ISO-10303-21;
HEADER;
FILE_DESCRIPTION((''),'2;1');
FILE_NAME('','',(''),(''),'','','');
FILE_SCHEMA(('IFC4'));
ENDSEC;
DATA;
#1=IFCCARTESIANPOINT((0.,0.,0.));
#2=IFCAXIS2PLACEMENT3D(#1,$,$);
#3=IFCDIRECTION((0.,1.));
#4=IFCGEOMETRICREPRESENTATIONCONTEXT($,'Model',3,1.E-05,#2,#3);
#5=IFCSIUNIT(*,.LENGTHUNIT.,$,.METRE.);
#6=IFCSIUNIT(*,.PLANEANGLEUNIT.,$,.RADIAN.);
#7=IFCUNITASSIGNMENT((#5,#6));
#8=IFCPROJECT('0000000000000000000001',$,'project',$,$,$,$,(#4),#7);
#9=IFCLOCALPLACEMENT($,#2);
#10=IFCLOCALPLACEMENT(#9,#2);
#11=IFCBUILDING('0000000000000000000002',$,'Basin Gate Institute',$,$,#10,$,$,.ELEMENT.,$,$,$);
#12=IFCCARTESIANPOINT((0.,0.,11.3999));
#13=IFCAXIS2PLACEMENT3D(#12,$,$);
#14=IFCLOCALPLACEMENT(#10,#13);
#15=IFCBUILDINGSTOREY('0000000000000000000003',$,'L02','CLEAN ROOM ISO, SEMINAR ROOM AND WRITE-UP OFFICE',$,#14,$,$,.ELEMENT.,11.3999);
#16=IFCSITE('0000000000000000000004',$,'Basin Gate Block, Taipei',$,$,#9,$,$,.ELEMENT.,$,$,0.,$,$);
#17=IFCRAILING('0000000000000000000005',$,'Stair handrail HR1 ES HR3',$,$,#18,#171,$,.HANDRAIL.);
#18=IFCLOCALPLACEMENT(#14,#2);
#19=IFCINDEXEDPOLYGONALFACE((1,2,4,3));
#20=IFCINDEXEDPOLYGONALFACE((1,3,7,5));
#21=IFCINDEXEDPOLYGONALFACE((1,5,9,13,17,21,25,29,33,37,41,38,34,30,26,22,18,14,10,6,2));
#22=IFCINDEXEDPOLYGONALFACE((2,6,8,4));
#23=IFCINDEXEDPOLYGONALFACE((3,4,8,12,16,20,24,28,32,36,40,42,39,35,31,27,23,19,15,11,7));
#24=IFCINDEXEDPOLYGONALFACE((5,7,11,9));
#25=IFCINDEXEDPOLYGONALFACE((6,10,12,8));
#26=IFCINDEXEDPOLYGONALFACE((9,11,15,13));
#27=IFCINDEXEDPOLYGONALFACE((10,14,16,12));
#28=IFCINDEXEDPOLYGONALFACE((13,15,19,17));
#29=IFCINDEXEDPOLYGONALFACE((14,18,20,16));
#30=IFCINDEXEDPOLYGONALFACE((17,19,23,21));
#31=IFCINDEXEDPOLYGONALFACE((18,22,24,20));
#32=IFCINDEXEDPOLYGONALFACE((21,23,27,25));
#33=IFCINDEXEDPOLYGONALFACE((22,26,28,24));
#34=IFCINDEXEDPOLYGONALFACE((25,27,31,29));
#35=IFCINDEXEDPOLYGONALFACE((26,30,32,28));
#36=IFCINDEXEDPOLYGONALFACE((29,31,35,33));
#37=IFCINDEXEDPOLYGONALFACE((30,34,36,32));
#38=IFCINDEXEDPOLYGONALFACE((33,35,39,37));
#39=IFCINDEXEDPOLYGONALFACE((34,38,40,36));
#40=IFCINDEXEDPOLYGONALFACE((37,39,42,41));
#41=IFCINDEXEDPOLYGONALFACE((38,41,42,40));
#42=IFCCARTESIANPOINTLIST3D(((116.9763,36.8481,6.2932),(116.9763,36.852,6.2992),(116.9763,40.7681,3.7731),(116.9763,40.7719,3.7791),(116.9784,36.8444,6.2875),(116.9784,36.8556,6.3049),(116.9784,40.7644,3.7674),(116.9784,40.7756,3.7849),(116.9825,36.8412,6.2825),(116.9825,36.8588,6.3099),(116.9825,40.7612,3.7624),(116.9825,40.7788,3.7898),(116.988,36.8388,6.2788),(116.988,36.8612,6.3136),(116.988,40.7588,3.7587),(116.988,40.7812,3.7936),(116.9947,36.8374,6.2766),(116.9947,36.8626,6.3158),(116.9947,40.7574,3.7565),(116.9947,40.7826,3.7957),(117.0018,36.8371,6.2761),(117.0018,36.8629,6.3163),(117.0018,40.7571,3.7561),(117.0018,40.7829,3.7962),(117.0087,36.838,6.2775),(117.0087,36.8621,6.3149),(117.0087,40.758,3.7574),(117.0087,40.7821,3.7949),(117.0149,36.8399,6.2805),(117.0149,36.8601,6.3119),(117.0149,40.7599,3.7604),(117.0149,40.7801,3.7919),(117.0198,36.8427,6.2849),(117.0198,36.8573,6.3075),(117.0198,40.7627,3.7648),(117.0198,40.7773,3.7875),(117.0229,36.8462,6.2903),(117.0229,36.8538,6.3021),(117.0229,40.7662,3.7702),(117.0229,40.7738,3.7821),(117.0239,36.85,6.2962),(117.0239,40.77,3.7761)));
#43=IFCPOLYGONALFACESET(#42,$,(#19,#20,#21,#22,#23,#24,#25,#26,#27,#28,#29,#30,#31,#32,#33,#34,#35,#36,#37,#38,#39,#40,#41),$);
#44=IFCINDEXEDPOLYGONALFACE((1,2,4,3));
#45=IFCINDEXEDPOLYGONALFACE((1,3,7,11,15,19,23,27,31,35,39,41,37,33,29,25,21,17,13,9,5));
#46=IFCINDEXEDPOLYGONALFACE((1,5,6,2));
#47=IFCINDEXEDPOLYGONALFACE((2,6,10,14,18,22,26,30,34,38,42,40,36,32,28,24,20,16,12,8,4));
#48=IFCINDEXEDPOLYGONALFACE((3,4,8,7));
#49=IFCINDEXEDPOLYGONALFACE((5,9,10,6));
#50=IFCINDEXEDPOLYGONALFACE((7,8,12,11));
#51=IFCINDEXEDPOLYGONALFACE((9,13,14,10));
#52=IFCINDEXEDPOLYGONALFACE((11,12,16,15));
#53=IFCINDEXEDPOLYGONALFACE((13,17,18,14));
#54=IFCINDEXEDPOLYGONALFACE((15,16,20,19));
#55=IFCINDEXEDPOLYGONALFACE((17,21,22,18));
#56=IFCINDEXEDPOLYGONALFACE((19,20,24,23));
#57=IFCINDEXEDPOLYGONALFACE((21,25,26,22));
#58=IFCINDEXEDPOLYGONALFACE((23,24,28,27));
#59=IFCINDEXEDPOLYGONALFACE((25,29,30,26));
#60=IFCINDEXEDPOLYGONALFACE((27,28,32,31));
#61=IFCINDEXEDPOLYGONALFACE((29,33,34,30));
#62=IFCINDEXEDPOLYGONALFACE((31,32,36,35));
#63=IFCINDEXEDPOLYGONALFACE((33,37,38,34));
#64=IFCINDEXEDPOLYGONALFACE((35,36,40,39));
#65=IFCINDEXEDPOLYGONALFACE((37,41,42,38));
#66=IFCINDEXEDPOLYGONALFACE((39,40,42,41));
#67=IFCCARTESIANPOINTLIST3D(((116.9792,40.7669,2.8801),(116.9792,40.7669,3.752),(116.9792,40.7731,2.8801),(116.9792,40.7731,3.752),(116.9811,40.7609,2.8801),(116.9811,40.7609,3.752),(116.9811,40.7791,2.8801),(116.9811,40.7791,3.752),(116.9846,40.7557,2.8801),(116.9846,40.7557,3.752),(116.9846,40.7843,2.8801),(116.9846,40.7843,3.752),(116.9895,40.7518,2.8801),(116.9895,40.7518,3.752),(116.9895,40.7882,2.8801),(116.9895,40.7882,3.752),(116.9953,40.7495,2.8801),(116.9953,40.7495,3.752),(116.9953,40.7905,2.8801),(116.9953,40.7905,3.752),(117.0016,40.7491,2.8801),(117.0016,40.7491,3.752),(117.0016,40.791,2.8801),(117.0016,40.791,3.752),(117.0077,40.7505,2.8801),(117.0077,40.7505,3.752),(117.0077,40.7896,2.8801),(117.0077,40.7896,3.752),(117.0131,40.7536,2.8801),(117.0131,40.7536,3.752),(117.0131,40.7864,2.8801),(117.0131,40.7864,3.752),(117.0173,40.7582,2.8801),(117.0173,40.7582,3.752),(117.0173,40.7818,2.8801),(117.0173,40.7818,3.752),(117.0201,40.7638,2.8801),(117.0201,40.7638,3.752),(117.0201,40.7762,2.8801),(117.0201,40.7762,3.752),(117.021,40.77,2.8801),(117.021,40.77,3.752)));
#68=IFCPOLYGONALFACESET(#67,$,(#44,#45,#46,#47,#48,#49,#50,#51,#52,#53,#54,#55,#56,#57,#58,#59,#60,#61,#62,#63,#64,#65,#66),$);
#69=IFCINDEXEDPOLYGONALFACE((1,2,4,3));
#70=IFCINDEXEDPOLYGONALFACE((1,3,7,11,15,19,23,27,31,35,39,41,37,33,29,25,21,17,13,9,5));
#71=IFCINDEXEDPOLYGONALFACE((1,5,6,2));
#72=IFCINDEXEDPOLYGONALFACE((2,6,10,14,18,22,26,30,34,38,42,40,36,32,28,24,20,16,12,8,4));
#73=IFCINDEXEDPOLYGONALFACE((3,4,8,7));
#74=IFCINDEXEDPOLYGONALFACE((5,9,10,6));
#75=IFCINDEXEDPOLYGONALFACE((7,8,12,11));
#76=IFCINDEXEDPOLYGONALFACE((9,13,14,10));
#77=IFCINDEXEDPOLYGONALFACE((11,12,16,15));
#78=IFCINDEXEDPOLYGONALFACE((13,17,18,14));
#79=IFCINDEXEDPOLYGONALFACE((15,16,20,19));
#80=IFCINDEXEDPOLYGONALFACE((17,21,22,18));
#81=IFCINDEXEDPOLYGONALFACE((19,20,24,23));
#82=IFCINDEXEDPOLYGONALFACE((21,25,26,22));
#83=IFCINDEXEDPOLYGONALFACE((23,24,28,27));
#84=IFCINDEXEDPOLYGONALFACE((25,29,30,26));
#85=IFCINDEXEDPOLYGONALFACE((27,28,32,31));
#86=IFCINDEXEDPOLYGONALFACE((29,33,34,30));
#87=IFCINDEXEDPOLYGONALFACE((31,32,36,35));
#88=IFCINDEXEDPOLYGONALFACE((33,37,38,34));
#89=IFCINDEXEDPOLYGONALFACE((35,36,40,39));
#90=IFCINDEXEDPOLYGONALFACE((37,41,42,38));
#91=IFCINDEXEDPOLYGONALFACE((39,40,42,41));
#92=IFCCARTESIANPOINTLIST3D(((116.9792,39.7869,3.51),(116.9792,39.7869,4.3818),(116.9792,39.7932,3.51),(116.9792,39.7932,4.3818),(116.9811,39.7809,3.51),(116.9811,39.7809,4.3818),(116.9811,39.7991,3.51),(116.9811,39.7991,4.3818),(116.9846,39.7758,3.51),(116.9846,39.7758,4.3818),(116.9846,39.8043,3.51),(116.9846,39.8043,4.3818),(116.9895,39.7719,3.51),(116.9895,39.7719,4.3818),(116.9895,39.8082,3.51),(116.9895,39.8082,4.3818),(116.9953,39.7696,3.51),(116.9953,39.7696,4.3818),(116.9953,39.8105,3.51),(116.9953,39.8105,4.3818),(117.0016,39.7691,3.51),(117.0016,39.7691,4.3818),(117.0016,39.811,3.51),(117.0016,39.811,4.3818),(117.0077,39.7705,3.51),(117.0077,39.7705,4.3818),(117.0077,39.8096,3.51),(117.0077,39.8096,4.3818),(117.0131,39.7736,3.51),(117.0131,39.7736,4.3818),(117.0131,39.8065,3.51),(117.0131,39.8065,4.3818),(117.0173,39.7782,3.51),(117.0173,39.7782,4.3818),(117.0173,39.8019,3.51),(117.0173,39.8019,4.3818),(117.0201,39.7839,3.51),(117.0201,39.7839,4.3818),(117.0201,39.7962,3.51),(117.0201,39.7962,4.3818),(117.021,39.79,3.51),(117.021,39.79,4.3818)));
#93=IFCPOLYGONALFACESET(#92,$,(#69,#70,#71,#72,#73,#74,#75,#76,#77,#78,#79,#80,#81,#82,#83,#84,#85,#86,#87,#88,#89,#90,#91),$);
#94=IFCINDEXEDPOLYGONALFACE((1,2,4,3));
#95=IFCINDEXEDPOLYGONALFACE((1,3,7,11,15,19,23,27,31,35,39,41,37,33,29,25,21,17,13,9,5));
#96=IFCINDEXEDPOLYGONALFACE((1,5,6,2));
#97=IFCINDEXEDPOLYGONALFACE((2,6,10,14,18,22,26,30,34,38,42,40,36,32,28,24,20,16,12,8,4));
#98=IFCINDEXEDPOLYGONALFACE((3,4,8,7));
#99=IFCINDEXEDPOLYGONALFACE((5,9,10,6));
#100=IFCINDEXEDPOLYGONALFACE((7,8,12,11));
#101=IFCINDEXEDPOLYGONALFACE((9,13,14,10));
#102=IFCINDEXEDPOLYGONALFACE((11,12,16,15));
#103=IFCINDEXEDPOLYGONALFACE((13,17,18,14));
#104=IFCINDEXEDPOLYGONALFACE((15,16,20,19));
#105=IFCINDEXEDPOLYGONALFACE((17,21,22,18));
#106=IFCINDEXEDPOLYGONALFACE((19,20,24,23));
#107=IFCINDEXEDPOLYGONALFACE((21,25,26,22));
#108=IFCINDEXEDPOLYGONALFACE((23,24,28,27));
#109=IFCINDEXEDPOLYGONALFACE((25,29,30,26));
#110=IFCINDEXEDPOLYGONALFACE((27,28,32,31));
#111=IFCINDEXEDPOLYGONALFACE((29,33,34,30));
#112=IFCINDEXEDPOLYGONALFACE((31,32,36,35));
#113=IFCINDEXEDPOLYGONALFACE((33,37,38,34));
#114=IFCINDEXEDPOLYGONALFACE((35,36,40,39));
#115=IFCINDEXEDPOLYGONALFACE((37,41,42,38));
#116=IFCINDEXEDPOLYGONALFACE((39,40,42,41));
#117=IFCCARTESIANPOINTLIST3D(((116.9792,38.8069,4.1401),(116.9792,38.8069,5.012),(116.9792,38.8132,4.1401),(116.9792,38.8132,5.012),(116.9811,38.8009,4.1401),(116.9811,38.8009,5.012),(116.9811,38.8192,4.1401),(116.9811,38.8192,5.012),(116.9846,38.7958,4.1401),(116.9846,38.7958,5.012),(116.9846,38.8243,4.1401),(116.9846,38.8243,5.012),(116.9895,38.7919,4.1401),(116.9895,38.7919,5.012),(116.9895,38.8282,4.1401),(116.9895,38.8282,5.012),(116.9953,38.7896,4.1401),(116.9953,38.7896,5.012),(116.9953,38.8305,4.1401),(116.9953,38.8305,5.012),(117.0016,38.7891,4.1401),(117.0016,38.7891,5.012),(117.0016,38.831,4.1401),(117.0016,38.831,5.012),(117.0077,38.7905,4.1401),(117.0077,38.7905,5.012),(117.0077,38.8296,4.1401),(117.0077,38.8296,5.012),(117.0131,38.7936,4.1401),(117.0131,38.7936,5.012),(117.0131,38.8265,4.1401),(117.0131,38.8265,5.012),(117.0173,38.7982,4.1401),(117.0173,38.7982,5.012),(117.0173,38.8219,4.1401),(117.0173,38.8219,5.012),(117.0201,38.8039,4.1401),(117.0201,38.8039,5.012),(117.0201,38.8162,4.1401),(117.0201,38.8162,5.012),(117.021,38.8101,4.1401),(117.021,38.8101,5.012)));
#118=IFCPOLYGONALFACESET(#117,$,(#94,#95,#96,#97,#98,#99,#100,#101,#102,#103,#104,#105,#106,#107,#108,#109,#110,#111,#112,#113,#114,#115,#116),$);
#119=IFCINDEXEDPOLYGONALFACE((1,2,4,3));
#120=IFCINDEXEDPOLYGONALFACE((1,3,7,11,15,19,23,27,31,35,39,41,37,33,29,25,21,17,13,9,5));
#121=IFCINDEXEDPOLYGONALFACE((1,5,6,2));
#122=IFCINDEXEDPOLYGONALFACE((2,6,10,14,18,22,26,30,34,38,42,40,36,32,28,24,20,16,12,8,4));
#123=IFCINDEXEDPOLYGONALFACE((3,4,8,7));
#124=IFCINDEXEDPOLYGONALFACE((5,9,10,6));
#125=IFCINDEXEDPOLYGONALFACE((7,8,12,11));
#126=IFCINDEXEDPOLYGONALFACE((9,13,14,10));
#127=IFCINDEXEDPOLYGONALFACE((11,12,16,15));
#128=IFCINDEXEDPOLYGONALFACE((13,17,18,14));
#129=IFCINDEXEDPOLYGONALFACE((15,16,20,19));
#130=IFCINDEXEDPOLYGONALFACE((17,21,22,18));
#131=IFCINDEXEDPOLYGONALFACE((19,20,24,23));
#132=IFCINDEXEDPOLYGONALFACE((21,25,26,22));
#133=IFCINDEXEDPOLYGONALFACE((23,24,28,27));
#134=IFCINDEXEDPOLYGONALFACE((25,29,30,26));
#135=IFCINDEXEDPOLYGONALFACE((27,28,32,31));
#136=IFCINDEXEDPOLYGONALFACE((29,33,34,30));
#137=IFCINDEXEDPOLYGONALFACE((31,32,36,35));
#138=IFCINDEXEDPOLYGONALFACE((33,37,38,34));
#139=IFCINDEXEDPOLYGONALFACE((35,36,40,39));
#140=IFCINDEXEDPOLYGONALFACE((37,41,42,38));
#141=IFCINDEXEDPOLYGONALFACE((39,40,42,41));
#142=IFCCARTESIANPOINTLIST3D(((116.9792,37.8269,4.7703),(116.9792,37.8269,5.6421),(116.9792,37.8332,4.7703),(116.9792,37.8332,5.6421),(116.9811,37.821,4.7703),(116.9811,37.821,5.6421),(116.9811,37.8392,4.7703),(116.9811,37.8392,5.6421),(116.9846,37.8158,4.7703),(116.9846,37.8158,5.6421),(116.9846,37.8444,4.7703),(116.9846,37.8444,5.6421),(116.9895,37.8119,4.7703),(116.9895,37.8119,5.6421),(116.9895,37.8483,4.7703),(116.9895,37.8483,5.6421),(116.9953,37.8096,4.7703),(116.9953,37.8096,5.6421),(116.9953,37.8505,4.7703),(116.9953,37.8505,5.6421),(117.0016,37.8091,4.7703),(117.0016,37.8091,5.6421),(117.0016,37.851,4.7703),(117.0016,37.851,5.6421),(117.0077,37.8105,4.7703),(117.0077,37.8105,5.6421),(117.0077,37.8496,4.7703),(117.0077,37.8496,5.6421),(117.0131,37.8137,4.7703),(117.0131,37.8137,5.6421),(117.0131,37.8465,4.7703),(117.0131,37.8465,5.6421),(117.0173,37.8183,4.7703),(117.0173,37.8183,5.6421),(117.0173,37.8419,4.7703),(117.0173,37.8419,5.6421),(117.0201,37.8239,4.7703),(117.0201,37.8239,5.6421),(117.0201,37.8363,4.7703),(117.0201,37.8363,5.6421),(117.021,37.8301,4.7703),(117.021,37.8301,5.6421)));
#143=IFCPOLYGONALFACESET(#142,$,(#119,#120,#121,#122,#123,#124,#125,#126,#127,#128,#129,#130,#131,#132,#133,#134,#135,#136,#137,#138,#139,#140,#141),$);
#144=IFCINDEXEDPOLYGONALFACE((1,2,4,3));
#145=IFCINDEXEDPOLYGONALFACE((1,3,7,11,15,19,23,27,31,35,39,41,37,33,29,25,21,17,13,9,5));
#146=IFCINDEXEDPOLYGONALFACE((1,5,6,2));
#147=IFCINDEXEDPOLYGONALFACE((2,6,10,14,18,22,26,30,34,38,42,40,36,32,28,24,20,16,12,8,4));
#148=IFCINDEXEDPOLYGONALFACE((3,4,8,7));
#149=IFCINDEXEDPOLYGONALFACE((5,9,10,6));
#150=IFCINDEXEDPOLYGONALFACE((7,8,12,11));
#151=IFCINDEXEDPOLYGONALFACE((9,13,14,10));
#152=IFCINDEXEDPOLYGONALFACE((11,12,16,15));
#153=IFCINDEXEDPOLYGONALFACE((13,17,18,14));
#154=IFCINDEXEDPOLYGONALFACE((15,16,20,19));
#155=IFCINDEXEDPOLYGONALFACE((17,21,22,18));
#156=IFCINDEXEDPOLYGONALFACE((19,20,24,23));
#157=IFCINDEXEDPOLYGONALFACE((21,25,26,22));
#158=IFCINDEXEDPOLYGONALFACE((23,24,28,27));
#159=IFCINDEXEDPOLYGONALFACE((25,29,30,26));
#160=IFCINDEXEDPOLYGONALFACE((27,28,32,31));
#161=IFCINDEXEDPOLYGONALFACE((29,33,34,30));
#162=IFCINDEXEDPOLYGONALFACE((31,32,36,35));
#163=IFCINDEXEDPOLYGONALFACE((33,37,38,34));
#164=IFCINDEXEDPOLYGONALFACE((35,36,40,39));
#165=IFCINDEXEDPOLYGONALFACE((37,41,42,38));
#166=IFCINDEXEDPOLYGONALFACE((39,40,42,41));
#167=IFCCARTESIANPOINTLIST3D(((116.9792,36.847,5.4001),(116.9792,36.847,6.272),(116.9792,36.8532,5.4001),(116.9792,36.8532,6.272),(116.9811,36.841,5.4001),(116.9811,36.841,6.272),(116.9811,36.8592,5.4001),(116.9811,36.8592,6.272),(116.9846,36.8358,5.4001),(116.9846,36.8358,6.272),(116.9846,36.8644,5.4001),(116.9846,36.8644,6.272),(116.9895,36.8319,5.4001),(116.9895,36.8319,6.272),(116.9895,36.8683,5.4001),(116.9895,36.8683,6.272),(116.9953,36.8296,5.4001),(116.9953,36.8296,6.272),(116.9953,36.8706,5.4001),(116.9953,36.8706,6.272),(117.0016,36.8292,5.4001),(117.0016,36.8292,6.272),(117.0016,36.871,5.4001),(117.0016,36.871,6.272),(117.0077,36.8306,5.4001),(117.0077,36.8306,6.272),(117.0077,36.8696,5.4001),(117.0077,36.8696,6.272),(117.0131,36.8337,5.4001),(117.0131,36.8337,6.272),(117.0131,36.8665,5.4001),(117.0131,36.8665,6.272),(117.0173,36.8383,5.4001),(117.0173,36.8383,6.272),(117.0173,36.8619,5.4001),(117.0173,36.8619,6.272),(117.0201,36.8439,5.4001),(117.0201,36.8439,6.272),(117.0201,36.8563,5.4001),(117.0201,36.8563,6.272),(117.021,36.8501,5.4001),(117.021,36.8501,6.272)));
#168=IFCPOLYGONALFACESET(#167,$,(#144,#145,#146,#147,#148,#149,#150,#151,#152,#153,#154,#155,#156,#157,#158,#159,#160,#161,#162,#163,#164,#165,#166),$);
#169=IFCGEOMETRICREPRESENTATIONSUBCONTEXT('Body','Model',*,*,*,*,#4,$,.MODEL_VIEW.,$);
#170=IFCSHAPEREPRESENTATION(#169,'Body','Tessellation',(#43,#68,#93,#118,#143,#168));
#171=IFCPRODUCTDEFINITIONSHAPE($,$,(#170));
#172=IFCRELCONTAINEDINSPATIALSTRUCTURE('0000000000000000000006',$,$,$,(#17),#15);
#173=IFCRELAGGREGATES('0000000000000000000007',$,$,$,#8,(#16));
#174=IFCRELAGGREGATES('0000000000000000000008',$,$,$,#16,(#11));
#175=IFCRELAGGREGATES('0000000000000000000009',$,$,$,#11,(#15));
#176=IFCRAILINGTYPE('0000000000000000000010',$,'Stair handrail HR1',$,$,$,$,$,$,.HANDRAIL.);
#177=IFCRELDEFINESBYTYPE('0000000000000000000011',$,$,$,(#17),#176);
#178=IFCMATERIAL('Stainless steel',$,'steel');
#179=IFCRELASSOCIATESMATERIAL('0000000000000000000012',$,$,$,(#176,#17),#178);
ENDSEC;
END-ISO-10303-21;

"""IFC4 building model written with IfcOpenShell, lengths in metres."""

from ifc_helpers import new_model, si_unit, direction, frame, origin, origin_2d, place, context, subcontext, project, spatial, circle, extrude, material, type_object, element, save


model = new_model("IFC4")

# Units and contexts
model_context = context("Model", 3, precision=1e-05, world=origin(), true_north=direction((0.0, 1.0)))
body_context = subcontext(model_context, "Body", "Model", "MODEL_VIEW")
ifc_project = project(units=[si_unit("LENGTHUNIT", "METRE"), si_unit("PLANEANGLEUNIT", "RADIAN")], contexts=[model_context])

# Site, building, storey
site_placement = place(None, origin())
site = spatial("IfcSite", under=ifc_project, at=site_placement, Name="Basin Gate Block, Taipei", CompositionType="ELEMENT", RefElevation=0.0)
building_placement = place(site_placement, origin())
building = spatial("IfcBuilding", under=site, at=building_placement, Name="Basin Gate Institute", CompositionType="ELEMENT")
storey_placement = place(building_placement, frame((0.0, 0.0, 11.3999)))
storey = spatial("IfcBuildingStorey", under=building, at=storey_placement, Name="L02", Description="CLEAN ROOM ISO, SEMINAR ROOM AND WRITE-UP OFFICE", CompositionType="ELEMENT", Elevation=11.3999)

# Railing
ifc_material_1 = material(Name="Stainless steel", Category="steel")
railing_type_1 = type_object("IfcRailingType", Name="Stair handrail HR1", PredefinedType="HANDRAIL", material=ifc_material_1)
railing_1_placement = place(storey_placement, frame((117.0, 40.77, 2.8801)))
element("IfcRailing", 1, at=railing_1_placement, inside=storey, type_object=railing_type_1, material=ifc_material_1, Name="Stair handrail HR1 ES HR3", PredefinedType="HANDRAIL", context=body_context, shape_type="SweptSolid", body=[
    extrude(circle(Radius=0.0239, at=origin_2d()), frame((0.0, 0.0, 0.896), z_axis=(0.0, -0.841172, 0.540768), x_axis=(1.0, 0.0, 0.0)), (0.0, 0.0, 1.0), 4.6602),
    extrude(circle(Radius=0.021, at=origin_2d()), origin(), (0.0, 0.0, 1.0), 0.8718),
    extrude(circle(Radius=0.021, at=origin_2d()), frame((0.0, -0.98, 0.6299)), (0.0, 0.0, 1.0), 0.8718),
    extrude(circle(Radius=0.021, at=origin_2d()), frame((0.0, -1.96, 1.26)), (0.0, 0.0, 1.0), 0.8718),
    extrude(circle(Radius=0.021, at=origin_2d()), frame((0.0, -2.9399, 1.8901)), (0.0, 0.0, 1.0), 0.8718),
    extrude(circle(Radius=0.021, at=origin_2d()), frame((0.0, -3.9199, 2.52)), (0.0, 0.0, 1.0), 0.8718),
])

save(model, "model.ifc")
